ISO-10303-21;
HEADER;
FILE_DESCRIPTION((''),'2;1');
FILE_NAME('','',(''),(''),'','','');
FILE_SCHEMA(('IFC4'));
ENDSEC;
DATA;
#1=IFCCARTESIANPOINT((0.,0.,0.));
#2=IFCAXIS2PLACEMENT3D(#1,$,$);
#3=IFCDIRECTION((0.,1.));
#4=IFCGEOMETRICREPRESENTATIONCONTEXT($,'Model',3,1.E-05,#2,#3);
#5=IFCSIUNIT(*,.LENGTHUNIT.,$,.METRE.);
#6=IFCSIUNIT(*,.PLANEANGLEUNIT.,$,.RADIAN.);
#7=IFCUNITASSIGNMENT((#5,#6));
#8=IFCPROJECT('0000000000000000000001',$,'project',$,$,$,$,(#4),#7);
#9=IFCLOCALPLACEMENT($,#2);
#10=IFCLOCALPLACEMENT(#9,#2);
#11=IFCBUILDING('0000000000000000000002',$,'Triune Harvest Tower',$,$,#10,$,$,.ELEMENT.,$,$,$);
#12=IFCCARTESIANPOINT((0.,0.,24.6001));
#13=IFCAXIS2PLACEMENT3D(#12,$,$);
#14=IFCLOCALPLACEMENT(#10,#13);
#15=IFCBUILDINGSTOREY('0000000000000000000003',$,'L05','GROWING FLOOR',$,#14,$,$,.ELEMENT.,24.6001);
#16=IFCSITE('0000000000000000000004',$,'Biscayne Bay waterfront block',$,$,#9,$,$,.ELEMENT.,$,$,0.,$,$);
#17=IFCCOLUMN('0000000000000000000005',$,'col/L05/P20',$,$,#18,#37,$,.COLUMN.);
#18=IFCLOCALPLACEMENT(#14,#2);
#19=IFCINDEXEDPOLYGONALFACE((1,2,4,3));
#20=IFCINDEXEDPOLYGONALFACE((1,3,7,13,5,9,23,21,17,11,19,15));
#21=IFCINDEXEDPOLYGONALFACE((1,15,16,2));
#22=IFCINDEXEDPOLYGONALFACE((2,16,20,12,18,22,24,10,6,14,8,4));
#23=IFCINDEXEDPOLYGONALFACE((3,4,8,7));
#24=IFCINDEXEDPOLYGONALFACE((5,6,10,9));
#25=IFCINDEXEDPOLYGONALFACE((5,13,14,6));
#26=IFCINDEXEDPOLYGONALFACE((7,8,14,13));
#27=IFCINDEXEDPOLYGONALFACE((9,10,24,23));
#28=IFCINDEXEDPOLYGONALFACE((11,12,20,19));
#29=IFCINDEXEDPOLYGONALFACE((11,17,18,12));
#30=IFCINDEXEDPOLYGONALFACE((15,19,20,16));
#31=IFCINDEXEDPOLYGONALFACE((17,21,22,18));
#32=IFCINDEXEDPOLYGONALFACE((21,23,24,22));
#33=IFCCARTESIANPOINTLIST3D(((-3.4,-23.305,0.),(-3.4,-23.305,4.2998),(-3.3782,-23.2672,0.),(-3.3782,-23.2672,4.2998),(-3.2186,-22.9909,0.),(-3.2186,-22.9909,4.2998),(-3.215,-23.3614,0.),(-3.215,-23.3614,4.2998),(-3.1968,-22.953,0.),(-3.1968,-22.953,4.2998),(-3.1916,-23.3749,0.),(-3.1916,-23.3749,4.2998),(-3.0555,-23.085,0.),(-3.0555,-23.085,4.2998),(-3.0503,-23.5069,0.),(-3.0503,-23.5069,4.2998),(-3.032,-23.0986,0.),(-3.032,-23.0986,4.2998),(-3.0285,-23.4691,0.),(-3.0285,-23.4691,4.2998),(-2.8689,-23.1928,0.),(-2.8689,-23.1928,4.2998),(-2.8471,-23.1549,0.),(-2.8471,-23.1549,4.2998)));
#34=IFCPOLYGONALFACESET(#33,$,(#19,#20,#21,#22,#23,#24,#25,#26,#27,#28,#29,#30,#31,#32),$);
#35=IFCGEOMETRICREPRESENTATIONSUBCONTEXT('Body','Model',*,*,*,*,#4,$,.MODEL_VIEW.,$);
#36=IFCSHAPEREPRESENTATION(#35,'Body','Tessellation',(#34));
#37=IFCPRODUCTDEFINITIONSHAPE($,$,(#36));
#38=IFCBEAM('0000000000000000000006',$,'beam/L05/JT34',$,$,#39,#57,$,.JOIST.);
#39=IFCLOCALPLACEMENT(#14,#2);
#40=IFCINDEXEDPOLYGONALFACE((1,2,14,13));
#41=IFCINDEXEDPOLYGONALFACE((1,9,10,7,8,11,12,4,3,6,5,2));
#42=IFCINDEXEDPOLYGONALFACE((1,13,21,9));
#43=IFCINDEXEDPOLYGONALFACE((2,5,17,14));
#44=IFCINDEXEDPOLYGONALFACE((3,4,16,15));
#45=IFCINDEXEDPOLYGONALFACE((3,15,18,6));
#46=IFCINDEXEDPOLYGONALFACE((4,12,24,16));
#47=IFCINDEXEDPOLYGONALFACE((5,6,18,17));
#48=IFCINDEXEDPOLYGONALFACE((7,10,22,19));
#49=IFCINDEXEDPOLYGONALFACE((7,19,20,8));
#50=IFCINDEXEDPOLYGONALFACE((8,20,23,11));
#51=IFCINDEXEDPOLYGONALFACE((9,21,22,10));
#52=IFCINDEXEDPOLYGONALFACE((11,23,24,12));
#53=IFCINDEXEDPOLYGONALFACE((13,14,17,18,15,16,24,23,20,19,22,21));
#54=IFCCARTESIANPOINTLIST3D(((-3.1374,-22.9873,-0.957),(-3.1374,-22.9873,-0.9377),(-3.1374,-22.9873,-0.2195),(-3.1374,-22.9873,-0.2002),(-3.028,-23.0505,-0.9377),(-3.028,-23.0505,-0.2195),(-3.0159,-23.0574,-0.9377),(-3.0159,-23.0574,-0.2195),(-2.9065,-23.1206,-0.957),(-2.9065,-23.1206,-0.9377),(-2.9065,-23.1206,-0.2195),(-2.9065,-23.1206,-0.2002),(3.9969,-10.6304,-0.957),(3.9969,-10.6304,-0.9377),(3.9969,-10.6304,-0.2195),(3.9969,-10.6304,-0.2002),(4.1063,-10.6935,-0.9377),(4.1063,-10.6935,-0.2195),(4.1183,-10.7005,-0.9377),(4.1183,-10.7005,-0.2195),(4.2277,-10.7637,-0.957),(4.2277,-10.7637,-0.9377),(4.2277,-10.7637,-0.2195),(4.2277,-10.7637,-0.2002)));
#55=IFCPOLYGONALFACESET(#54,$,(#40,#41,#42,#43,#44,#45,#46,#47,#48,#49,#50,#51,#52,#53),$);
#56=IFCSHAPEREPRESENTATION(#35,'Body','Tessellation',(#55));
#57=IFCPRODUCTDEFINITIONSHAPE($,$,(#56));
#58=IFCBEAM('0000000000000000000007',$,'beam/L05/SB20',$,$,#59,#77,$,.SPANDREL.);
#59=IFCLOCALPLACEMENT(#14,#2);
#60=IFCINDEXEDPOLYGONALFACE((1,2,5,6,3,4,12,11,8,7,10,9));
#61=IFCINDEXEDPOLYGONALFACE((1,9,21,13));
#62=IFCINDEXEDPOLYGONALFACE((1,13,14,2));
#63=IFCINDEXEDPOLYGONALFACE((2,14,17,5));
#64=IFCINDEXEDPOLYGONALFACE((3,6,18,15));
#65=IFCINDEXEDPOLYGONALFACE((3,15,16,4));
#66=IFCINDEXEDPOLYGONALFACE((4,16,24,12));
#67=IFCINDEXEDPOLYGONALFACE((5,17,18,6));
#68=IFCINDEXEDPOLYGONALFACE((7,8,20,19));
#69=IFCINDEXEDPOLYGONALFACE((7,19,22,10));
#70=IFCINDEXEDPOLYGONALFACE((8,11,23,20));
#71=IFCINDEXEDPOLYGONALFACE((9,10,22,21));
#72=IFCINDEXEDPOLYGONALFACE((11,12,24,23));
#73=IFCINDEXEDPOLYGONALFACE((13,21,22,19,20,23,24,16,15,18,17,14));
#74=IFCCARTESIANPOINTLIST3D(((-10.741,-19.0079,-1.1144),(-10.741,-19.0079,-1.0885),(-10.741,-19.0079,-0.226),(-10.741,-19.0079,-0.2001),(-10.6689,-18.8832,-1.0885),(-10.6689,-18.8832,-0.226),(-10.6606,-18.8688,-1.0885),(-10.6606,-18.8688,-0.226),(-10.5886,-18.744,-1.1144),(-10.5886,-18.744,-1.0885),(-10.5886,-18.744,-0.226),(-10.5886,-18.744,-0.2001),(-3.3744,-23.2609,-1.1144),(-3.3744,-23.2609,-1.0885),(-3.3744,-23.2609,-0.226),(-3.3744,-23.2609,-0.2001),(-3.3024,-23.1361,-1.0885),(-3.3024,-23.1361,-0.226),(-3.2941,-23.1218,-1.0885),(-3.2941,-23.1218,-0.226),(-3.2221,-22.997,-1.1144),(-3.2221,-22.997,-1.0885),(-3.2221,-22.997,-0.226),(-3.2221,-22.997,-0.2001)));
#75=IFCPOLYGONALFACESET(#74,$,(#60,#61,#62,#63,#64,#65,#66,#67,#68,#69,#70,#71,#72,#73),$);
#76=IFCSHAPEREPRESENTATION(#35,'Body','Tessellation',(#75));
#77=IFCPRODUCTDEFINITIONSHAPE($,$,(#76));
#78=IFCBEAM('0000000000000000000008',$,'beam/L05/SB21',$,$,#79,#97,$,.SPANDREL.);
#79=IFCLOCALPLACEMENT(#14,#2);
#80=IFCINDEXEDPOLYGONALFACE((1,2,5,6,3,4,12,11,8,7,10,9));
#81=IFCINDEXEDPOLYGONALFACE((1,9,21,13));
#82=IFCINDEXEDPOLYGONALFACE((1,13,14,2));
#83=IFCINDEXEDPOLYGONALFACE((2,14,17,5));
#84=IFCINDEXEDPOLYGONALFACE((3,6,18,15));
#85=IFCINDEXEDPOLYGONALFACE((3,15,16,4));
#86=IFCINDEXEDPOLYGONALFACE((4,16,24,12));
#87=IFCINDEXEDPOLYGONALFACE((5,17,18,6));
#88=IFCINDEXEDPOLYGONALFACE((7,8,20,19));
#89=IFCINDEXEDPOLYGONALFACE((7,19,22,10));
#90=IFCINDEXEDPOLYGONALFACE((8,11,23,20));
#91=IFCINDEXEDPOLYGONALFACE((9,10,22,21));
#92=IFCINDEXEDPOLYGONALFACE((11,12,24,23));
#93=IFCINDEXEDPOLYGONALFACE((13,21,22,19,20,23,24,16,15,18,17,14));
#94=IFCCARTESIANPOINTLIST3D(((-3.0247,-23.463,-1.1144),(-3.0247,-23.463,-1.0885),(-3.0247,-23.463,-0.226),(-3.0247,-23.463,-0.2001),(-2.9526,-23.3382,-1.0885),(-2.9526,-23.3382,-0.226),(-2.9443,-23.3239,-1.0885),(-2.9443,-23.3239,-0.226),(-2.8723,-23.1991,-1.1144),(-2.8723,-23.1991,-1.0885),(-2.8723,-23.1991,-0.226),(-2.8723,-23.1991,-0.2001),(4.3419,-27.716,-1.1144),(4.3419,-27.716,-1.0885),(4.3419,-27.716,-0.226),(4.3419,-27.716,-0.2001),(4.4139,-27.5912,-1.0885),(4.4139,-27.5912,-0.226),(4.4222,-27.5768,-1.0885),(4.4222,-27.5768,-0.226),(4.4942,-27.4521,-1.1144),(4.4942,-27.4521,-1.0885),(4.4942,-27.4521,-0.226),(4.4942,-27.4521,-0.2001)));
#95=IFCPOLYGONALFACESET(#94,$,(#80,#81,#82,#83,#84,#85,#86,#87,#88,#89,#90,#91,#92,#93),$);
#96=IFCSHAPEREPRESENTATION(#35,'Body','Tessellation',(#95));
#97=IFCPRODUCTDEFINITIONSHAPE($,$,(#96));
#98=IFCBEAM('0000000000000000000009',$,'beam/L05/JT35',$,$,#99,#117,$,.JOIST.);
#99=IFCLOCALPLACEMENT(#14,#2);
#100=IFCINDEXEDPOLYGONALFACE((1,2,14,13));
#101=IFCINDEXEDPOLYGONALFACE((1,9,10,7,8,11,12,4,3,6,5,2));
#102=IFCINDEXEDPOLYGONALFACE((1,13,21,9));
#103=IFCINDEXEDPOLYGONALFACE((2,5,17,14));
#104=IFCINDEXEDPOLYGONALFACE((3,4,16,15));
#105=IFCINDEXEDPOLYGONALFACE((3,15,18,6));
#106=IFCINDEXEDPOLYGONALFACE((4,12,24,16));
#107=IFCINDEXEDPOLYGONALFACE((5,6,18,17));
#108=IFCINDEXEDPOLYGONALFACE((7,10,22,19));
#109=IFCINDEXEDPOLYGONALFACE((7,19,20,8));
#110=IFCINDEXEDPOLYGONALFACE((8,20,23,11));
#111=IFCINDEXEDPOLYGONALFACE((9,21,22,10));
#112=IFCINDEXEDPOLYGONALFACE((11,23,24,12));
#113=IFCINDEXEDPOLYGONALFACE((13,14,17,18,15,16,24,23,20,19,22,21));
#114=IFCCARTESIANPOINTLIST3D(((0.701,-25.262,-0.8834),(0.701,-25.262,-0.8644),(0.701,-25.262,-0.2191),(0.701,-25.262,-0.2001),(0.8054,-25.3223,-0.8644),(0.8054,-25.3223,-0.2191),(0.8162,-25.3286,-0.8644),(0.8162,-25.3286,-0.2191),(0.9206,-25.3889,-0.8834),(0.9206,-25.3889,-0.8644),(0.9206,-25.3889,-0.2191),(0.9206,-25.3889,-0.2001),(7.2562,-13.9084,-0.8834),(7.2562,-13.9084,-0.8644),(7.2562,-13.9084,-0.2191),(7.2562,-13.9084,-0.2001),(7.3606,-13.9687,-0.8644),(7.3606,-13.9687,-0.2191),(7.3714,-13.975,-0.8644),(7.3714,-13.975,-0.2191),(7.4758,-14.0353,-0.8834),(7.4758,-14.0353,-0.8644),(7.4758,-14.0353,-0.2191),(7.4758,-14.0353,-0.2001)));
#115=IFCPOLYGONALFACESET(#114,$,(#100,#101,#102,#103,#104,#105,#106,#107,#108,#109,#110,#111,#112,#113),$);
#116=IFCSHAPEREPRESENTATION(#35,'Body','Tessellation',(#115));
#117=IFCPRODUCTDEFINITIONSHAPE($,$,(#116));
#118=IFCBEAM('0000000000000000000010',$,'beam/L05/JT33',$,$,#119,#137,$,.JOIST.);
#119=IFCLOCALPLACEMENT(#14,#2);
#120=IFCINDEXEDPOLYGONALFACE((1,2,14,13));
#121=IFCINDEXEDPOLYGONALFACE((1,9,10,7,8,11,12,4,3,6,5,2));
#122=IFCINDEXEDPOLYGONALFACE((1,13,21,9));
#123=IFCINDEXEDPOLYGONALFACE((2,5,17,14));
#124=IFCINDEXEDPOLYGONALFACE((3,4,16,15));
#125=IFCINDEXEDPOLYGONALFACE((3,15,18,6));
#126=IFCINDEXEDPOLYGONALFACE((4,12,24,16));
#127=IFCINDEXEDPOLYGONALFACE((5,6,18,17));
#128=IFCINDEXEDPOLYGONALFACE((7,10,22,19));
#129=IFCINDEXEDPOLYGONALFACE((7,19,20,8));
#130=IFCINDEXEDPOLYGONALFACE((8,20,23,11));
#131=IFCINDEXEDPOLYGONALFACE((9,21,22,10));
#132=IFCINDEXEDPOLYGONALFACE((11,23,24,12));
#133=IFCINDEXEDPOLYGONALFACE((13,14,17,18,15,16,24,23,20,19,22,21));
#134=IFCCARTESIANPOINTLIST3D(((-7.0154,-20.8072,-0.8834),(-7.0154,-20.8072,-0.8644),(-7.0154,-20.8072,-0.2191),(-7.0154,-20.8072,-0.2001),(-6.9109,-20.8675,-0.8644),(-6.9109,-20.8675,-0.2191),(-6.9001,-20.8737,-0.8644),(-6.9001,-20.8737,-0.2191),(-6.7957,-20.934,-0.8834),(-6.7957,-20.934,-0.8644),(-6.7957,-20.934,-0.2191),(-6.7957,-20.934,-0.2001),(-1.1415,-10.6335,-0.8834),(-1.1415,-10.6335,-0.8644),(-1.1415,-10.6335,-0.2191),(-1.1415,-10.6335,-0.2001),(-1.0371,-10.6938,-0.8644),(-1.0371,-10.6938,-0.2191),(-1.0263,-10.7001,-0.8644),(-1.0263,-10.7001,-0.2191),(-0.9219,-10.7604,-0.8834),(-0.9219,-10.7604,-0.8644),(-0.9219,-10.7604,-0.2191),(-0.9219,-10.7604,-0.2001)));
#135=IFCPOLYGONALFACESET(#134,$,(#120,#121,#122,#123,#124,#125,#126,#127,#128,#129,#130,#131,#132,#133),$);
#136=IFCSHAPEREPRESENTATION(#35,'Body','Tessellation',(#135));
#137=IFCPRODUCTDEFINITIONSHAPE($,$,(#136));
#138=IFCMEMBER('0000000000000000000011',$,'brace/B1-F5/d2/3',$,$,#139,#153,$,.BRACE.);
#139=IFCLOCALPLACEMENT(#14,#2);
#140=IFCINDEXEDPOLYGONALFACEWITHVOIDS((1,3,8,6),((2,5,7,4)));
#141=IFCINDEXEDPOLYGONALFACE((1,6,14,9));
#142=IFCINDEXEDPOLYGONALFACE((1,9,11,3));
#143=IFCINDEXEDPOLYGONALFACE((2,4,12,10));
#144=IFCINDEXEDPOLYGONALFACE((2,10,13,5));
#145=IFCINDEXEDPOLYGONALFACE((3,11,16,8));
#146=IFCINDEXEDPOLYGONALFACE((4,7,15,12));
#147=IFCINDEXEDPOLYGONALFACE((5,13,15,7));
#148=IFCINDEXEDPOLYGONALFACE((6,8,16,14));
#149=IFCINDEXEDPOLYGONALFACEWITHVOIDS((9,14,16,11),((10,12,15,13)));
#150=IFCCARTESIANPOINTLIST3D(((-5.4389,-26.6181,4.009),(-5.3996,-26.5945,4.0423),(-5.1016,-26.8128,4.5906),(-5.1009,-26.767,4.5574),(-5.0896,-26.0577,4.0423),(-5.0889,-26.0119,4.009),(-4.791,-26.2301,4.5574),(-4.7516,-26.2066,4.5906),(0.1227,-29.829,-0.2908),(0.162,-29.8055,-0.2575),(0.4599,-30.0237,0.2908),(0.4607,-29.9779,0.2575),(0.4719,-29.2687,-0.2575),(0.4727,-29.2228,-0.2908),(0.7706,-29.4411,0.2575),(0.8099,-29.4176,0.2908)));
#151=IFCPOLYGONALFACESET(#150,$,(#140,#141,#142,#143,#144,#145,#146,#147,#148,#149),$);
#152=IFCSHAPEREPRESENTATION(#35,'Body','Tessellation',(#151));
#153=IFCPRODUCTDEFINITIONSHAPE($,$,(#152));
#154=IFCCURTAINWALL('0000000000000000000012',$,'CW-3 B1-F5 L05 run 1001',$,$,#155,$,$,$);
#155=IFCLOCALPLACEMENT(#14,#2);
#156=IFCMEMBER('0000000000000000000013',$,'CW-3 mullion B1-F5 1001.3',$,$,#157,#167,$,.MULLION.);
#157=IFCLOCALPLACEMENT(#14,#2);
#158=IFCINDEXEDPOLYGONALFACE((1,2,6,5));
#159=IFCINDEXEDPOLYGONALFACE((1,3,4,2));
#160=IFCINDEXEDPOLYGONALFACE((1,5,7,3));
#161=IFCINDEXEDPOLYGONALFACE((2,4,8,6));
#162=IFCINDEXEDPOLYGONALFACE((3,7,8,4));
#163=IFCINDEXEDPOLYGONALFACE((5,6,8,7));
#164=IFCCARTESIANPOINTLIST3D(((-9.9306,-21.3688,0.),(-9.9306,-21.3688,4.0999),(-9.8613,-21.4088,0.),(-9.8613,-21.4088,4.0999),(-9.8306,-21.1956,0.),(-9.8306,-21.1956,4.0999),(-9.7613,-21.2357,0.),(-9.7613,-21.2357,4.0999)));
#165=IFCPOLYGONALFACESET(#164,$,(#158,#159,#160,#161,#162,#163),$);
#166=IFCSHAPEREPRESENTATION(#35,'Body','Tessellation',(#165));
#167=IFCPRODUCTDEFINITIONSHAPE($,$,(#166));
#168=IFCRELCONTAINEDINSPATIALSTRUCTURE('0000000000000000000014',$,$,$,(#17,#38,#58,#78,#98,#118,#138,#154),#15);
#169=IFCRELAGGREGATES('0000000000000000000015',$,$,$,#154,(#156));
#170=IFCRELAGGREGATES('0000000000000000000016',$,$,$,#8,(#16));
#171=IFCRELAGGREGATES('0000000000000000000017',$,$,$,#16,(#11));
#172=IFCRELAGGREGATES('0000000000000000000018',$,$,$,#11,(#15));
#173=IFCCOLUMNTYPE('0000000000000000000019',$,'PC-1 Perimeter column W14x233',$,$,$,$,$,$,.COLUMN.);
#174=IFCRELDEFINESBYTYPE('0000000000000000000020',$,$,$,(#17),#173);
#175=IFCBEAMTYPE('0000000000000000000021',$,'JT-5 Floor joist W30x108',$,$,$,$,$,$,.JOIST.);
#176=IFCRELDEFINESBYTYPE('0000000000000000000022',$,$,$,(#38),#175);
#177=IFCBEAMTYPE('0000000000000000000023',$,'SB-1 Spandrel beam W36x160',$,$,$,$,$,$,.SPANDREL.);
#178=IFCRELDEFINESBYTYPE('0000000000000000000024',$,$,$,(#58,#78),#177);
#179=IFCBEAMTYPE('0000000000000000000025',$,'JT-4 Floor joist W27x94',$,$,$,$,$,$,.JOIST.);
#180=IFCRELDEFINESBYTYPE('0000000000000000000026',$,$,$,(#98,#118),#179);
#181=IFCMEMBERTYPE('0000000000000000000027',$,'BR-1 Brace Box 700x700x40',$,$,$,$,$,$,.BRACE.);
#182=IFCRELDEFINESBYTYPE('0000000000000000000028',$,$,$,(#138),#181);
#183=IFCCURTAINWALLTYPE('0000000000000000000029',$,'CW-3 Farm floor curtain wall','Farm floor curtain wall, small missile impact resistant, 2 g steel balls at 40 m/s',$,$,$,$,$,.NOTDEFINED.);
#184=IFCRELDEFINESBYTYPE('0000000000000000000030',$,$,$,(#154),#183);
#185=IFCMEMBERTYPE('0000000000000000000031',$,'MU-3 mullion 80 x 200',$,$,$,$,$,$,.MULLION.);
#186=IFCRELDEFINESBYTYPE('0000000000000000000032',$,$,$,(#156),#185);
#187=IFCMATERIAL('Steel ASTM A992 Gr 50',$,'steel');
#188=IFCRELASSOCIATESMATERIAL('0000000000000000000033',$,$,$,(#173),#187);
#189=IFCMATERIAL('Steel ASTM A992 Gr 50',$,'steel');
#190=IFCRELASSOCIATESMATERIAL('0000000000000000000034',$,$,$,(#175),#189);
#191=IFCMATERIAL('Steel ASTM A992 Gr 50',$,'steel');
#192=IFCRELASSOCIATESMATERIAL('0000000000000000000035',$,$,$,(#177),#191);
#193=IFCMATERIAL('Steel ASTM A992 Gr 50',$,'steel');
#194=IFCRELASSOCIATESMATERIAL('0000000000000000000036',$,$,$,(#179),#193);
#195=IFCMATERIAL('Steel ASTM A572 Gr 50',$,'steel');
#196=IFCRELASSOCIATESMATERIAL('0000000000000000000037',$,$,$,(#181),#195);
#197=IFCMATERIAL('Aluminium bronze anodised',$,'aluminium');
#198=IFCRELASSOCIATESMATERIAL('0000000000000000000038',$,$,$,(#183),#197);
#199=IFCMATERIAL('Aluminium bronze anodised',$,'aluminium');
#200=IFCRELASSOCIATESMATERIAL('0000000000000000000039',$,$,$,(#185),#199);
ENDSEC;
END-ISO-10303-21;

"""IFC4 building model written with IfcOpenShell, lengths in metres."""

from ifc_helpers import new_model, si_unit, direction, frame, origin, origin_2d, place, context, subcontext, project, spatial, rectangle, hollow_rectangle, i_section, extrude, source, transform, mapped, material, material_profile, profile_set, type_object, element, aggregate, save


model = new_model("IFC4")

# Units and contexts
model_context = context("Model", 3, precision=1e-05, world=origin(), true_north=direction((0.0, 1.0)))
body_context = subcontext(model_context, "Body", "Model", "MODEL_VIEW")
ifc_project = project(units=[si_unit("LENGTHUNIT", "METRE"), si_unit("PLANEANGLEUNIT", "RADIAN")], contexts=[model_context])

# Site, building, storey
site_placement = place(None, origin())
site = spatial("IfcSite", under=ifc_project, at=site_placement, Name="Biscayne Bay waterfront block", CompositionType="ELEMENT", RefElevation=0.0)
building_placement = place(site_placement, origin())
building = spatial("IfcBuilding", under=site, at=building_placement, Name="Triune Harvest Tower", CompositionType="ELEMENT")
storey_placement = place(building_placement, frame((0.0, 0.0, 24.6001)))
storey = spatial("IfcBuildingStorey", under=building, at=storey_placement, Name="L05", Description="GROWING FLOOR", CompositionType="ELEMENT", Elevation=24.6001)

# Column
ifc_material_1 = material(Name="Steel ASTM A992 Gr 50", Category="steel")
ifc_material_profile_1 = material_profile(ifc_material_1, i_section(OverallWidth=0.4038, OverallDepth=0.4065, WebThickness=0.0271, FlangeThickness=0.0437, at=origin_2d()), Name="W14x233")
ifc_profile_set_1 = profile_set([ifc_material_profile_1], Name="Steel ASTM A992 Gr 50")
column_type = type_object("IfcColumnType", Name="PC-1 Perimeter column W14x233", PredefinedType="COLUMN", material=ifc_profile_set_1)
shared_shape_1 = source(origin(), body_context, "Body", "SweptSolid", [
    extrude(i_section(OverallWidth=0.4038, OverallDepth=0.4065, WebThickness=0.0271, FlangeThickness=0.0437, at=origin_2d()), origin(), (0.0, 0.0, 1.0), 4.2998),
])
column_placement = place(storey_placement, frame((-3.1235, -23.23, 0.0), z_axis=(0.0, 0.0, 1.0), x_axis=(0.866025, -0.5, 0.0)))
element("IfcColumn", 1, at=column_placement, inside=storey, type_object=column_type, Name="col/L05/P20", PredefinedType="COLUMN", context=body_context, shape_type="MappedRepresentation", body=[
    mapped(shared_shape_1, transform((0.0, 0.0, 0.0), scale=1.0)),
])

# Beams
ifc_material_2 = material(Name="Steel ASTM A992 Gr 50", Category="steel")
ifc_material_profile_2 = material_profile(ifc_material_2, i_section(OverallWidth=0.2666, OverallDepth=0.7568, WebThickness=0.0139, FlangeThickness=0.0193, at=origin_2d()), Name="W30x108")
ifc_profile_set_2 = profile_set([ifc_material_profile_2], Name="Steel ASTM A992 Gr 50")
beam_type_1 = type_object("IfcBeamType", Name="JT-5 Floor joist W30x108", PredefinedType="JOIST", material=ifc_profile_set_2)
shared_shape_2 = source(origin(), body_context, "Body", "SweptSolid", [
    extrude(i_section(OverallWidth=0.2666, OverallDepth=0.7568, WebThickness=0.0139, FlangeThickness=0.0193, at=origin_2d()), origin(), (0.0, 0.0, 1.0), 14.2686),
])
beam_1_placement = place(storey_placement, frame((-3.022, -23.054, -0.5786), z_axis=(0.5, 0.866025, 0.0), x_axis=(-0.866025, 0.5, 0.0)))
element("IfcBeam", 2, at=beam_1_placement, inside=storey, type_object=beam_type_1, Name="beam/L05/JT34", PredefinedType="JOIST", context=body_context, shape_type="MappedRepresentation", body=[
    mapped(shared_shape_2, transform((0.0, 0.0, 0.0), scale=1.0)),
])
ifc_material_3 = material(Name="Steel ASTM A992 Gr 50", Category="steel")
ifc_material_profile_3 = material_profile(ifc_material_3, i_section(OverallWidth=0.3047, OverallDepth=0.9143, WebThickness=0.0166, FlangeThickness=0.0259, at=origin_2d()), Name="W36x160")
ifc_profile_set_3 = profile_set([ifc_material_profile_3], Name="Steel ASTM A992 Gr 50")
beam_type_2 = type_object("IfcBeamType", Name="SB-1 Spandrel beam W36x160", PredefinedType="SPANDREL", material=ifc_profile_set_3)
shared_shape_3 = source(origin(), body_context, "Body", "SweptSolid", [
    extrude(i_section(OverallWidth=0.3047, OverallDepth=0.9143, WebThickness=0.0166, FlangeThickness=0.0259, at=origin_2d()), origin(), (0.0, 0.0, 1.0), 8.5061),
])
for number, where, z_axis, x_axis, name in (
    (3, (-10.6648, -18.876, -0.6572), (0.86603, -0.499992, 0.0), (0.499992, 0.86603, 0.0), "beam/L05/SB20"),
    (4, (-2.9485, -23.3311, -0.6572), (0.86603, -0.499992, 0.0), (0.499992, 0.86603, 0.0), "beam/L05/SB21"),
):
    element("IfcBeam", number, at=place(storey_placement, frame(where, z_axis=z_axis, x_axis=x_axis)), inside=storey, type_object=beam_type_2, Name=name, PredefinedType="SPANDREL", context=body_context, shape_type="MappedRepresentation", body=[
        mapped(shared_shape_3, transform((0.0, 0.0, 0.0), scale=1.0)),
    ])
ifc_material_4 = material(Name="Steel ASTM A992 Gr 50", Category="steel")
ifc_material_profile_4 = material_profile(ifc_material_4, i_section(OverallWidth=0.2537, OverallDepth=0.6833, WebThickness=0.0125, FlangeThickness=0.019, at=origin_2d()), Name="W27x94")
ifc_profile_set_4 = profile_set([ifc_material_profile_4], Name="Steel ASTM A992 Gr 50")
beam_type_3 = type_object("IfcBeamType", Name="JT-4 Floor joist W27x94", PredefinedType="JOIST", material=ifc_profile_set_4)
shared_shape_4 = source(origin(), body_context, "Body", "SweptSolid", [
    extrude(i_section(OverallWidth=0.2537, OverallDepth=0.6833, WebThickness=0.0125, FlangeThickness=0.019, at=origin_2d()), origin(), (0.0, 0.0, 1.0), 13.1101),
])
beam_2_placement = place(storey_placement, frame((0.8108, -25.3254, -0.5417), z_axis=(0.500013, 0.866018, 0.0), x_axis=(-0.866018, 0.500013, 0.0)))
element("IfcBeam", 5, at=beam_2_placement, inside=storey, type_object=beam_type_3, Name="beam/L05/JT35", PredefinedType="JOIST", context=body_context, shape_type="MappedRepresentation", body=[
    mapped(shared_shape_4, transform((0.0, 0.0, 0.0), scale=1.0)),
])
shared_shape_5 = source(origin(), body_context, "Body", "SweptSolid", [
    extrude(i_section(OverallWidth=0.2537, OverallDepth=0.6833, WebThickness=0.0125, FlangeThickness=0.019, at=origin_2d()), origin(), (0.0, 0.0, 1.0), 11.7476),
])
beam_3_placement = place(storey_placement, frame((-6.9055, -20.8706, -0.5417), z_axis=(0.500004, 0.866023, 0.0), x_axis=(-0.866023, 0.500004, 0.0)))
element("IfcBeam", 6, at=beam_3_placement, inside=storey, type_object=beam_type_3, Name="beam/L05/JT33", PredefinedType="JOIST", context=body_context, shape_type="MappedRepresentation", body=[
    mapped(shared_shape_5, transform((0.0, 0.0, 0.0), scale=1.0)),
])

# Member
ifc_material_5 = material(Name="Steel ASTM A572 Gr 50", Category="steel")
ifc_material_profile_5 = material_profile(ifc_material_5, hollow_rectangle(XDim=0.7, YDim=0.7, WallThickness=0.04, at=origin_2d()), Name="Box 700x700x40")
ifc_profile_set_5 = profile_set([ifc_material_profile_5], Name="Steel ASTM A572 Gr 50")
member_type_1 = type_object("IfcMemberType", Name="BR-1 Brace Box 700x700x40", PredefinedType="BRACE", material=ifc_profile_set_5)
shared_shape_6 = source(origin(), body_context, "Body", "SweptSolid", [
    extrude(hollow_rectangle(XDim=0.7, YDim=0.7, WallThickness=0.04, at=origin_2d()), origin(), (0.0, 0.0, 1.0), 7.7285),
])
member_1_placement = place(storey_placement, frame((0.4663, -29.6233, 0.0), z_axis=(-0.719617, 0.41547, 0.55636), x_axis=(-0.499999, -0.866026, 0.0)))
element("IfcMember", 7, at=member_1_placement, inside=storey, type_object=member_type_1, Name="brace/B1-F5/d2/3", PredefinedType="BRACE", context=body_context, shape_type="MappedRepresentation", body=[
    mapped(shared_shape_6, transform((0.0, 0.0, 0.0), scale=1.0)),
])

# Curtain wall, member
ifc_material_6 = material(Name="Aluminium bronze anodised", Category="aluminium")
curtain_wall_type_1 = type_object("IfcCurtainWallType", Name="CW-3 Farm floor curtain wall", Description="Farm floor curtain wall, small missile impact resistant, 2 g steel balls at 40 m/s", PredefinedType="NOTDEFINED", material=ifc_material_6)
curtain_wall_1_placement = place(storey_placement, origin())
curtain_wall_1 = element("IfcCurtainWall", 8, at=curtain_wall_1_placement, inside=storey, type_object=curtain_wall_type_1, Name="CW-3 B1-F5 L05 run 1001")
ifc_material_7 = material(Name="Aluminium bronze anodised", Category="aluminium")
ifc_material_profile_6 = material_profile(ifc_material_7, rectangle(XDim=0.2, YDim=0.0801, at=origin_2d()), Name="MU-3 mullion 80 x 200")
ifc_profile_set_6 = profile_set([ifc_material_profile_6], Name="Aluminium bronze anodised")
member_type_2 = type_object("IfcMemberType", Name="MU-3 mullion 80 x 200", PredefinedType="MULLION", material=ifc_profile_set_6)
shared_shape_7 = source(origin(), body_context, "Body", "SweptSolid", [
    extrude(rectangle(XDim=0.2, YDim=0.0801, at=origin_2d()), origin(), (0.0, 0.0, 1.0), 4.0999),
])
member_2_placement = place(storey_placement, frame((-9.8459, -21.3022, 0.0), z_axis=(0.0, 0.0, 1.0), x_axis=(0.5, 0.866025, 0.0)))
member_2 = element("IfcMember", 9, at=member_2_placement, type_object=member_type_2, Name="CW-3 mullion B1-F5 1001.3", PredefinedType="MULLION", context=body_context, shape_type="MappedRepresentation", body=[
    mapped(shared_shape_7, transform((0.0, 0.0, 0.0), scale=1.0)),
])

aggregate(curtain_wall_1, [member_2])

save(model, "model.ifc")
